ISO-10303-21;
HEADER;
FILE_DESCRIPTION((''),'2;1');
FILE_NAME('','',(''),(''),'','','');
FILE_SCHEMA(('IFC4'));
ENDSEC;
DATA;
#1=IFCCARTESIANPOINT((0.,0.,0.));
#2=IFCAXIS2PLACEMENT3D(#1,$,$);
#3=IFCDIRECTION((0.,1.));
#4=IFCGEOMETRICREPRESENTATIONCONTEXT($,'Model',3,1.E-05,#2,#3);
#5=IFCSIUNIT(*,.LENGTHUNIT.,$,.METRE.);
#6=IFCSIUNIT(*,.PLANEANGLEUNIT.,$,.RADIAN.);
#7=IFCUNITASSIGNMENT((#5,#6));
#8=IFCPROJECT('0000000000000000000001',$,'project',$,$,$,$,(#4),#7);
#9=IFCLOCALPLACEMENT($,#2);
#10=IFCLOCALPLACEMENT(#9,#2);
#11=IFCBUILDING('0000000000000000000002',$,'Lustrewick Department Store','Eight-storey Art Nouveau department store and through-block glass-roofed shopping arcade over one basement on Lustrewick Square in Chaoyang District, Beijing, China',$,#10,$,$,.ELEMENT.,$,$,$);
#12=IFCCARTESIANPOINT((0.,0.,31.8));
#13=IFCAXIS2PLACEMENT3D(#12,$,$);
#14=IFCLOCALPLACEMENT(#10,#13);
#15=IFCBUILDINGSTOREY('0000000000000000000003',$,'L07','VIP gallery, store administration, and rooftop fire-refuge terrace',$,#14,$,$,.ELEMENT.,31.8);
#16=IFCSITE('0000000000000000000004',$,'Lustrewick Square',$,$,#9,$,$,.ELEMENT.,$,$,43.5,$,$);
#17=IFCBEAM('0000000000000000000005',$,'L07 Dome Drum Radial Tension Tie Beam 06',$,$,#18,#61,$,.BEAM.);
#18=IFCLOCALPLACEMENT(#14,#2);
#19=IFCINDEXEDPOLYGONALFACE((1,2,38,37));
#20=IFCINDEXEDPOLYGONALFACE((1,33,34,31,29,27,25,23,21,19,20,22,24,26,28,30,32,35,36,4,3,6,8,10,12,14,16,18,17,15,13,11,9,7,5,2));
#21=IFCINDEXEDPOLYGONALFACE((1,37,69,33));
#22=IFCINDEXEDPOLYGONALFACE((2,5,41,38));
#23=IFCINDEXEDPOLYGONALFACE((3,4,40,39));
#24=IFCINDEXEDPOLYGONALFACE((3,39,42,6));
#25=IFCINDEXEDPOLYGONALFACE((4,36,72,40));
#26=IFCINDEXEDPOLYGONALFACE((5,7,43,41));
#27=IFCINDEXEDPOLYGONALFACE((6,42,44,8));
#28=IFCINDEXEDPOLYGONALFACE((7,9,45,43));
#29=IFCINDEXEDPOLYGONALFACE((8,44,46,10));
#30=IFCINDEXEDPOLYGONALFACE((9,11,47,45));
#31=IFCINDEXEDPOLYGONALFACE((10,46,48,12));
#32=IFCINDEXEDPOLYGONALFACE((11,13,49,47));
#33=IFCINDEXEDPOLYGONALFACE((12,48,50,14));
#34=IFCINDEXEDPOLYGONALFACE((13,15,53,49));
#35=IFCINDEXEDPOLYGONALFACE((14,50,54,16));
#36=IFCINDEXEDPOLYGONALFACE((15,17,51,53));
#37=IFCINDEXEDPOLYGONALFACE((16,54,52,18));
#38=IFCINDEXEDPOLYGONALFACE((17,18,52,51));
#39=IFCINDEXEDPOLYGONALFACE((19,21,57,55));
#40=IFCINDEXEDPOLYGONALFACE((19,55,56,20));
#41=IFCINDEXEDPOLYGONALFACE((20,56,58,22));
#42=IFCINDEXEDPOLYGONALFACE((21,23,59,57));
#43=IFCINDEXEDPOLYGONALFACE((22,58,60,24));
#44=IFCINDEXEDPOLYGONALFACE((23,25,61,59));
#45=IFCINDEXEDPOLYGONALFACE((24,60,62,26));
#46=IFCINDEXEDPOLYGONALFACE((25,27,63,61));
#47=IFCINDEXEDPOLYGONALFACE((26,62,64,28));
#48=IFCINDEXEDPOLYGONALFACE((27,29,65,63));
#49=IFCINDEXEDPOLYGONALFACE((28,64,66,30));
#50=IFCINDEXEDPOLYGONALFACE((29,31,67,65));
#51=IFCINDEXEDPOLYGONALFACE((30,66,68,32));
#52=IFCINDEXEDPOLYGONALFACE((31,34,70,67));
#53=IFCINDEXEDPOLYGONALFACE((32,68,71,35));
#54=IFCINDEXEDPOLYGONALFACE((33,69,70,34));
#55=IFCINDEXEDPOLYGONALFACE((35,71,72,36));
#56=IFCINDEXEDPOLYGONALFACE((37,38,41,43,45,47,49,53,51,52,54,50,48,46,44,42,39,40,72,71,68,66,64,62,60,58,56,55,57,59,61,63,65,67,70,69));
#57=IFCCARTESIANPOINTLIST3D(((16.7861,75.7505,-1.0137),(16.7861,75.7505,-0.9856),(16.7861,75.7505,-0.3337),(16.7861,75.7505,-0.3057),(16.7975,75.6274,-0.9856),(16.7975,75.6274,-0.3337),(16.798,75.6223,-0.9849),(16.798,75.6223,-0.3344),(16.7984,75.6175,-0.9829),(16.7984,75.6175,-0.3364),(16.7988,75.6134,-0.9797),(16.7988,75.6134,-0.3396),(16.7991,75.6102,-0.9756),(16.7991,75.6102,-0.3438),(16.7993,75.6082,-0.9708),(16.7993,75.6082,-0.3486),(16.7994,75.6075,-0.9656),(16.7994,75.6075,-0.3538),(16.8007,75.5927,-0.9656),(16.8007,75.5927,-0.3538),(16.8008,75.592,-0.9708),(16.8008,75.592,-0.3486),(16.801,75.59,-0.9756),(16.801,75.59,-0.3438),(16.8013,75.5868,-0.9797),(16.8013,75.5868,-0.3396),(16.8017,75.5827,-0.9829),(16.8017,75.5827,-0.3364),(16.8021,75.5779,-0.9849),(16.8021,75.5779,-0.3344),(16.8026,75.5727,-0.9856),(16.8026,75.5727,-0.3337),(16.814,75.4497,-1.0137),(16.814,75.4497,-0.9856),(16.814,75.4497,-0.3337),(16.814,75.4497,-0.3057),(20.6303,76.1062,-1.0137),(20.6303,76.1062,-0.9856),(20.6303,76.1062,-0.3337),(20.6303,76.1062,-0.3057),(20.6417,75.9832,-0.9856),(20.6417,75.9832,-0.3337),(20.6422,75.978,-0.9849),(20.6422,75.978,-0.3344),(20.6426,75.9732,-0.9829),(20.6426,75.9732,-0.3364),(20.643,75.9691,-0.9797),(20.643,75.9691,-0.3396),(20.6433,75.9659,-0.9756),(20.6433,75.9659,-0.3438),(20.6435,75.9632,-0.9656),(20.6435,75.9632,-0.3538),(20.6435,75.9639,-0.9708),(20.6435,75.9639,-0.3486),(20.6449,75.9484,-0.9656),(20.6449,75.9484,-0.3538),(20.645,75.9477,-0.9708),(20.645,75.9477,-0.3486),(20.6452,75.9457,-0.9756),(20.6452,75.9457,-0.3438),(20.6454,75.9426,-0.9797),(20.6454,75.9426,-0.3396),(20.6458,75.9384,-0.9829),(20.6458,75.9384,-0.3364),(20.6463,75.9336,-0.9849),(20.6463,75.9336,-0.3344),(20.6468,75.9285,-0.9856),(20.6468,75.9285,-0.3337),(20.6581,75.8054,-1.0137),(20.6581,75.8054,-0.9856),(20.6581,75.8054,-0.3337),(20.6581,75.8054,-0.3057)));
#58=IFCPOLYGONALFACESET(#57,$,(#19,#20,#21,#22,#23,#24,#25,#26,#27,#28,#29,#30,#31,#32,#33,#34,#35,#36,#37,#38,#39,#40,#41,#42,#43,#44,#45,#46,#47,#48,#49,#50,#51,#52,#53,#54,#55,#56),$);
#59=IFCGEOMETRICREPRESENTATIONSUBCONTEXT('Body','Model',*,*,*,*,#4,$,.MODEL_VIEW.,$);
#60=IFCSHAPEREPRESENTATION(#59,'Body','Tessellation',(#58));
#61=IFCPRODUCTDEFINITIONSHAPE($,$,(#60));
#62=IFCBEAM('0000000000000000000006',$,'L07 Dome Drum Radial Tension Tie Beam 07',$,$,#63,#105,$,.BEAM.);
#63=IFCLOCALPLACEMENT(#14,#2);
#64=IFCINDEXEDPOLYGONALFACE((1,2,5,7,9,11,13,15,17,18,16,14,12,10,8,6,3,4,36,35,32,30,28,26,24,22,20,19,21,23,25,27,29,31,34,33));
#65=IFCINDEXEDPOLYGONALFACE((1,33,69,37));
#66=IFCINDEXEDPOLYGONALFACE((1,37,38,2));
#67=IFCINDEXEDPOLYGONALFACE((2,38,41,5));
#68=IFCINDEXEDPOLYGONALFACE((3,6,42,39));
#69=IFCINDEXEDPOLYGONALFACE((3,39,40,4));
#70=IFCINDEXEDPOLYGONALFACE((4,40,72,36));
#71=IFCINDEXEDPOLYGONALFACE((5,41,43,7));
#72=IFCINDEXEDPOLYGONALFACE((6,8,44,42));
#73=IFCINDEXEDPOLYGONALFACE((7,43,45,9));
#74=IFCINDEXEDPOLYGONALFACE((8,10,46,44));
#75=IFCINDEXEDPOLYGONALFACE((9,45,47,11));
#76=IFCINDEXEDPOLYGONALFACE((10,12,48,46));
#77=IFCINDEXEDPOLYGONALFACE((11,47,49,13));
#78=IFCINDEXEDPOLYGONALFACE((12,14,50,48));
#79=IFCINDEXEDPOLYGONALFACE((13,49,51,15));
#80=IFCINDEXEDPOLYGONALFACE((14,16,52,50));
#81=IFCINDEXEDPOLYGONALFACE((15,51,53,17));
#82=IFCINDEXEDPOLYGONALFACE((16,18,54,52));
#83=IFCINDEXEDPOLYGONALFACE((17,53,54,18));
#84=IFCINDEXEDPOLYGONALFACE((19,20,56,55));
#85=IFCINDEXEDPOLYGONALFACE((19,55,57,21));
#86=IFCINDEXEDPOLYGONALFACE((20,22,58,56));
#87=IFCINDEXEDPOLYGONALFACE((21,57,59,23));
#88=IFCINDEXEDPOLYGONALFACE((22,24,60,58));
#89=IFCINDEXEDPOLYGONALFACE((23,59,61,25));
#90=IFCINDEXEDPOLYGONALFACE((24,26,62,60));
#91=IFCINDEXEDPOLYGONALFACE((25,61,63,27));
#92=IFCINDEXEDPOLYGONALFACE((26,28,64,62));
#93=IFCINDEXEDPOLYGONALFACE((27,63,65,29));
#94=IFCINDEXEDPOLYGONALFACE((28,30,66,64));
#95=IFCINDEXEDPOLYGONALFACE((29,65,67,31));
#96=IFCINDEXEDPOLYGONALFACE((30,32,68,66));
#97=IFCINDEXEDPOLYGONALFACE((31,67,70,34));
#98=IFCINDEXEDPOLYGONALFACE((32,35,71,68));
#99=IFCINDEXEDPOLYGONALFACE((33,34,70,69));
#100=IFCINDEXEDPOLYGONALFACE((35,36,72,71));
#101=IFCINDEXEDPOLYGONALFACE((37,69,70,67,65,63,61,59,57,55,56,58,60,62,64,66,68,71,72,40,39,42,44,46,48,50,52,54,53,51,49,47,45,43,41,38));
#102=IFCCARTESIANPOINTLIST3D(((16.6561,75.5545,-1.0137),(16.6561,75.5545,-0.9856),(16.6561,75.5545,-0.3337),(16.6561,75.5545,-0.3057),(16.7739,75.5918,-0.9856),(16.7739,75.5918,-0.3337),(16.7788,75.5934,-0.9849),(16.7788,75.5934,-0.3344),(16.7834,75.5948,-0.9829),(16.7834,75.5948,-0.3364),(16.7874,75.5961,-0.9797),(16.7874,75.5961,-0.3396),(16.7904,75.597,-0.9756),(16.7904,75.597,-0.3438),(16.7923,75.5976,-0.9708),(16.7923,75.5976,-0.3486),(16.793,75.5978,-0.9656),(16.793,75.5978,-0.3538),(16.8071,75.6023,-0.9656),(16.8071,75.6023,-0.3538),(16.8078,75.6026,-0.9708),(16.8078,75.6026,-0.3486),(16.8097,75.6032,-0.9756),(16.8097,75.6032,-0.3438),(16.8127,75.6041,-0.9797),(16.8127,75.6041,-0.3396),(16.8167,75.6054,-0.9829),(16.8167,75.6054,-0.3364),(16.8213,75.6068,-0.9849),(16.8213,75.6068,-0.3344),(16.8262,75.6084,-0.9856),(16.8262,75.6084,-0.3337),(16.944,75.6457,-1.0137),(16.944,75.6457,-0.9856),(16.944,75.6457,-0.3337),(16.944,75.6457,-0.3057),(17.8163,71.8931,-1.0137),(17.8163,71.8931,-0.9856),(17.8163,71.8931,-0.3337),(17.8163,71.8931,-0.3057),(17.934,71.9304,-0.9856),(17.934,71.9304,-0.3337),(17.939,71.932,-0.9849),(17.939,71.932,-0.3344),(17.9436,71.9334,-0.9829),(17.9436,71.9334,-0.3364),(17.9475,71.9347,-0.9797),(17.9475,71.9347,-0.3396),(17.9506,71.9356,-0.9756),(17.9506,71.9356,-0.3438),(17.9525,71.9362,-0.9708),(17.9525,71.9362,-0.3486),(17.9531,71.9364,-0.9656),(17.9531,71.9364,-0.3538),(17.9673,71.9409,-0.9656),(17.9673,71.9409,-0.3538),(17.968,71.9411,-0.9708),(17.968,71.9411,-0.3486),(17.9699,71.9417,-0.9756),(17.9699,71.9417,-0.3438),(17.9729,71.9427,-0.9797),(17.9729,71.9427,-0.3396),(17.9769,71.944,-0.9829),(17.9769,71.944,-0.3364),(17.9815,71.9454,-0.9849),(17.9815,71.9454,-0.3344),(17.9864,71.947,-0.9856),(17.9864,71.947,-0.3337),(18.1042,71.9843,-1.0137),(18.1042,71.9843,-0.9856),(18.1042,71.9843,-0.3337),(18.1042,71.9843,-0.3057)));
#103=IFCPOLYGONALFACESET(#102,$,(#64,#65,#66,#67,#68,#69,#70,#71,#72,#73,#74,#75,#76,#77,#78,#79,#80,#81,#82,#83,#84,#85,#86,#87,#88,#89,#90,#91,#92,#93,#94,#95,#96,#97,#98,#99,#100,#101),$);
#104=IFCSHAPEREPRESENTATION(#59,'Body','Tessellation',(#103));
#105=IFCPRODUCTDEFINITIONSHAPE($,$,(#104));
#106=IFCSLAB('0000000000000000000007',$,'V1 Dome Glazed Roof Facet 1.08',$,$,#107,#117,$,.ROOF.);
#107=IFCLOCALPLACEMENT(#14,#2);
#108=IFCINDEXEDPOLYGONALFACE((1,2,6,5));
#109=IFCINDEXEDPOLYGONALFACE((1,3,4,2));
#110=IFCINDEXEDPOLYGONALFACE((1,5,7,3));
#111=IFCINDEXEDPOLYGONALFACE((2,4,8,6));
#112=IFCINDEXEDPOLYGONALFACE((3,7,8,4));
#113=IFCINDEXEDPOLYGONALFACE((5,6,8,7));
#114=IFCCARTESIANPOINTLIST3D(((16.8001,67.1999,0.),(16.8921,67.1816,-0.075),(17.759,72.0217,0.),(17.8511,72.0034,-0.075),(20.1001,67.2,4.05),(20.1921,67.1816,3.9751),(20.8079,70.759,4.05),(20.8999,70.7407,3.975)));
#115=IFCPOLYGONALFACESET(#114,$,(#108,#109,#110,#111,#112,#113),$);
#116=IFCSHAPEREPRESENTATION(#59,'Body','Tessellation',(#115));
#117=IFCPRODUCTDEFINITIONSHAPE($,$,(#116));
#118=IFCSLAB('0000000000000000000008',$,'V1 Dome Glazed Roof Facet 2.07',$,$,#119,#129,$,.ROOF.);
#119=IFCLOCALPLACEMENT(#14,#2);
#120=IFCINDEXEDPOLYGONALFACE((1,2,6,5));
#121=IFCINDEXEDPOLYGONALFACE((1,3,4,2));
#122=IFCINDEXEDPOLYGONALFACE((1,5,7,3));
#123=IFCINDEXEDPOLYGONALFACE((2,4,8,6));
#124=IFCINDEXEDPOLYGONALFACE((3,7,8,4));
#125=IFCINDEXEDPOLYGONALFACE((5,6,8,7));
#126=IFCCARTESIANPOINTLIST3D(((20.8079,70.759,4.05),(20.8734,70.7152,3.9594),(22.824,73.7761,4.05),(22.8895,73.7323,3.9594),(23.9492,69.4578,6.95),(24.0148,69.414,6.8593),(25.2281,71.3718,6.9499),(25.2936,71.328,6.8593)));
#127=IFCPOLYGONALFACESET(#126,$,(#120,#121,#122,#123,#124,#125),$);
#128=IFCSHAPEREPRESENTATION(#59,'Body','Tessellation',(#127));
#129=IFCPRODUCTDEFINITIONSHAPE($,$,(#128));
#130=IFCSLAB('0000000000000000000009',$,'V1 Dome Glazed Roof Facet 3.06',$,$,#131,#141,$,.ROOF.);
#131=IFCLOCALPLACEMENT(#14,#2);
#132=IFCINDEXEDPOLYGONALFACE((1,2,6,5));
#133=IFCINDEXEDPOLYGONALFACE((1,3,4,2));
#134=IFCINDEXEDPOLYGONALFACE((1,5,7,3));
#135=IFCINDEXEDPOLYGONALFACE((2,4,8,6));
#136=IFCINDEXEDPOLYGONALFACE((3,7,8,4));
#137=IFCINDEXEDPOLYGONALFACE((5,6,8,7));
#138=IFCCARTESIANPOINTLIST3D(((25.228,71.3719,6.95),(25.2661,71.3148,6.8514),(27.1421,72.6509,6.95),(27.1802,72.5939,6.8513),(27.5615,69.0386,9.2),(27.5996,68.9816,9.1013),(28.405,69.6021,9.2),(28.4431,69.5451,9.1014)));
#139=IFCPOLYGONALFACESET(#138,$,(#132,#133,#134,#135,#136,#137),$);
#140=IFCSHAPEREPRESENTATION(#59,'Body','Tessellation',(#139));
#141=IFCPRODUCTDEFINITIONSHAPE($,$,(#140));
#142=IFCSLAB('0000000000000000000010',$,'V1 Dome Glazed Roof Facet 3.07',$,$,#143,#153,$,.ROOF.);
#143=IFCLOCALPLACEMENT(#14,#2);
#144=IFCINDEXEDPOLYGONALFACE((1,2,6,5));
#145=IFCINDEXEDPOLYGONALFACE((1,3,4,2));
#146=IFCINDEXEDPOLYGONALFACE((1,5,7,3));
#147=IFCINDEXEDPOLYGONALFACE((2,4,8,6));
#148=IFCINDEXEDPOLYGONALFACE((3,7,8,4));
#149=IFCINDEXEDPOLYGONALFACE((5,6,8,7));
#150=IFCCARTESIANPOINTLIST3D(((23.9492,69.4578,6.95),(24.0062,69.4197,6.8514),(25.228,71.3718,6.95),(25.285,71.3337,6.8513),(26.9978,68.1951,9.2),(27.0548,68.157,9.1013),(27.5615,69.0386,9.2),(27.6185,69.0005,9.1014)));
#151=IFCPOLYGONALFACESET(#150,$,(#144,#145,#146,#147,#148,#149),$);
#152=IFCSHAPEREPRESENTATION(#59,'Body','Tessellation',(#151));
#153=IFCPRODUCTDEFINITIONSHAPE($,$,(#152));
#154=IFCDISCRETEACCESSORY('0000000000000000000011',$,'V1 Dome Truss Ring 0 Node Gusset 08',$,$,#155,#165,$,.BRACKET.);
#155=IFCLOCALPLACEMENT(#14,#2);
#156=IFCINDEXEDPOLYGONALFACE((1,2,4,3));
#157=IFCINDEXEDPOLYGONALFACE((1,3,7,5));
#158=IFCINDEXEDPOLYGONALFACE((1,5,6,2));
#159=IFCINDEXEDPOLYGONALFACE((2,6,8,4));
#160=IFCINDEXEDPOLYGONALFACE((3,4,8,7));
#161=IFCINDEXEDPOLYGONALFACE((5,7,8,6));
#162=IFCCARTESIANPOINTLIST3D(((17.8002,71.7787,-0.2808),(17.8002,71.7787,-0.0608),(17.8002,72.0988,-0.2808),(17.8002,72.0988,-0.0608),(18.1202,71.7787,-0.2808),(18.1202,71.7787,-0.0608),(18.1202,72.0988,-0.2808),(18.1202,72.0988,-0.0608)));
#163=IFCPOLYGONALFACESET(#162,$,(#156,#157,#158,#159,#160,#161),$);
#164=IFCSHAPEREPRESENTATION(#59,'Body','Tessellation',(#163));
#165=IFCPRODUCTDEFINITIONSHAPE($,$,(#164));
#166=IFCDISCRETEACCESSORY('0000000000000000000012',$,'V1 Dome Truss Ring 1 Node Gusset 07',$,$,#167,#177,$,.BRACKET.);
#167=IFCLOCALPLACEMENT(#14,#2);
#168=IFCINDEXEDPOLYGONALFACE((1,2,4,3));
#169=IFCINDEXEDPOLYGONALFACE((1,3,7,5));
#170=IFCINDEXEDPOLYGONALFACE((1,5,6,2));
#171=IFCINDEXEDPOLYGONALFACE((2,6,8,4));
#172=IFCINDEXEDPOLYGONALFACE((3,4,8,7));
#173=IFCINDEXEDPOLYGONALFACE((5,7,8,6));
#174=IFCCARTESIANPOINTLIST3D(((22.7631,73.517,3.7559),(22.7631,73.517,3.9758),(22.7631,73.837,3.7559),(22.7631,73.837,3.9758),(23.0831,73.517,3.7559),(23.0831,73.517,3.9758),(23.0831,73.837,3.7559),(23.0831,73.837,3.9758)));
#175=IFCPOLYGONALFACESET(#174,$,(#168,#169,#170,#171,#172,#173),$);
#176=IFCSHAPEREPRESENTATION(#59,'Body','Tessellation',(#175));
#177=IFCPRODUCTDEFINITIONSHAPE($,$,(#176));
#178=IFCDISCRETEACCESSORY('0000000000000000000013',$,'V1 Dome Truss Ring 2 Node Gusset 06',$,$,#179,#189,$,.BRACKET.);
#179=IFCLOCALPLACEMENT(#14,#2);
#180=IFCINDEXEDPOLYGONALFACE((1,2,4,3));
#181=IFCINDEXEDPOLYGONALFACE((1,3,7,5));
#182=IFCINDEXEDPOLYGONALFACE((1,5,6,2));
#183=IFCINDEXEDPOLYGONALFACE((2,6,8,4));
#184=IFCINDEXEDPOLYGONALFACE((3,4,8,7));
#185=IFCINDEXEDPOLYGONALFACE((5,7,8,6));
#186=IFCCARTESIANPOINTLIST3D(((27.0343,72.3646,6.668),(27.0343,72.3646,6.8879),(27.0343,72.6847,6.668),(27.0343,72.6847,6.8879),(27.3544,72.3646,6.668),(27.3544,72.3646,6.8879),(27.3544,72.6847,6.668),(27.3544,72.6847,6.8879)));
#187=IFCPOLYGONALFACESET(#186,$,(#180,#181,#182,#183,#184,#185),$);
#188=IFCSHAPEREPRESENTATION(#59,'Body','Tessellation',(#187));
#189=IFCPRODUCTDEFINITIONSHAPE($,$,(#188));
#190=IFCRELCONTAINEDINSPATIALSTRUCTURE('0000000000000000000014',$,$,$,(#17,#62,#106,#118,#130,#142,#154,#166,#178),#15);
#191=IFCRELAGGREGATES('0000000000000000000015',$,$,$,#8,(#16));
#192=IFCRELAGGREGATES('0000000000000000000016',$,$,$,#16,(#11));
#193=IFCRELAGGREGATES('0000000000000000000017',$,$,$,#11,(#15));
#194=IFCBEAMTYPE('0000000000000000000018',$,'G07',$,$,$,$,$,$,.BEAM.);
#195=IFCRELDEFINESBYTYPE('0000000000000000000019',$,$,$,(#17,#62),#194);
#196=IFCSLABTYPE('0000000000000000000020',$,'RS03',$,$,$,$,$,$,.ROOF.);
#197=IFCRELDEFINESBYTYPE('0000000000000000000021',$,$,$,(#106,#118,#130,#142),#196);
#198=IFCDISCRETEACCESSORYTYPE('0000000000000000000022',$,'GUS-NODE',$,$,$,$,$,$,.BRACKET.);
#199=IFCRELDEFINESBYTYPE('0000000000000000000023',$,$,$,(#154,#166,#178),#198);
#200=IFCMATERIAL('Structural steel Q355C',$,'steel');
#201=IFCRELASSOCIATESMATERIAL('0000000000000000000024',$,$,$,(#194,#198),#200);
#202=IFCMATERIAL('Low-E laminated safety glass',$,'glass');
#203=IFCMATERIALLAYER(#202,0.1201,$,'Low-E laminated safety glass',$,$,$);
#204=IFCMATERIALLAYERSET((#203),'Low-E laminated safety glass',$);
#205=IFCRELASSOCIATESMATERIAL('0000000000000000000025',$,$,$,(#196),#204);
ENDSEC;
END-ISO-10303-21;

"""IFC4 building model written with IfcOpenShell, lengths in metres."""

from ifc_helpers import new_model, si_unit, direction, frame, origin, origin_2d, place, context, subcontext, project, spatial, polyline, rectangle, i_section, outline, extrude, material, layer, layer_set, material_profile, profile_set, type_object, element, save


model = new_model("IFC4")

# Units and contexts
model_context = context("Model", 3, precision=1e-05, world=origin(), true_north=direction((0.0, 1.0)))
body_context = subcontext(model_context, "Body", "Model", "MODEL_VIEW")
ifc_project = project(units=[si_unit("LENGTHUNIT", "METRE"), si_unit("PLANEANGLEUNIT", "RADIAN")], contexts=[model_context])

# Site, building, storey
site_placement = place(None, origin())
site = spatial("IfcSite", under=ifc_project, at=site_placement, Name="Lustrewick Square", CompositionType="ELEMENT", RefElevation=43.5)
building_placement = place(site_placement, origin())
building = spatial("IfcBuilding", under=site, at=building_placement, Name="Lustrewick Department Store", Description="Eight-storey Art Nouveau department store and through-block glass-roofed shopping arcade over one basement on Lustrewick Square in Chaoyang District, Beijing, China", CompositionType="ELEMENT")
storey_placement = place(building_placement, frame((0.0, 0.0, 31.8)))
storey = spatial("IfcBuildingStorey", under=building, at=storey_placement, Name="L07", Description="VIP gallery, store administration, and rooftop fire-refuge terrace", CompositionType="ELEMENT", Elevation=31.8)

# Shared definitions
ifc_material_1 = material(Name="Structural steel Q355C", Category="steel")

# Beams
ifc_material_profile_1 = material_profile(ifc_material_1, i_section(OverallWidth=0.302, OverallDepth=0.708, WebThickness=0.0149, FlangeThickness=0.0281, FilletRadius=0.02, at=origin_2d()), Name="HN 708x302x15x28")
ifc_profile_set_1 = profile_set([ifc_material_profile_1], Name="Structural steel Q355C")
beam_type = type_object("IfcBeamType", Name="G07", PredefinedType="BEAM", material=ifc_profile_set_1)
beam_1_placement = place(storey_placement, frame((16.8, 75.6001, -0.6597), z_axis=(0.995746, 0.092138, 0.0), x_axis=(-0.092138, 0.995746, 0.0)))
element("IfcBeam", 1, at=beam_1_placement, inside=storey, type_object=beam_type, Name="L07 Dome Drum Radial Tension Tie Beam 06", PredefinedType="BEAM", context=body_context, shape_type="SweptSolid", body=[
    extrude(i_section(OverallWidth=0.302, OverallDepth=0.708, WebThickness=0.0149, FlangeThickness=0.0281, FilletRadius=0.02, at=origin_2d()), origin(), (0.0, 0.0, 1.0), 3.8606),
])
beam_2_placement = place(storey_placement, frame((16.8, 75.6001, -0.6597), z_axis=(0.302062, -0.953288, 0.0), x_axis=(0.953288, 0.302062, 0.0)))
element("IfcBeam", 2, at=beam_2_placement, inside=storey, type_object=beam_type, Name="L07 Dome Drum Radial Tension Tie Beam 07", PredefinedType="BEAM", context=body_context, shape_type="SweptSolid", body=[
    extrude(i_section(OverallWidth=0.302, OverallDepth=0.708, WebThickness=0.0149, FlangeThickness=0.0281, FilletRadius=0.02, at=origin_2d()), origin(), (0.0, 0.0, 1.0), 3.8408),
])

# Slabs
ifc_material_2 = material(Name="Low-E laminated safety glass", Category="glass")
ifc_layer = layer(ifc_material_2, 0.1201, Name="Low-E laminated safety glass")
ifc_layer_set = layer_set([ifc_layer], Name="Low-E laminated safety glass")
slab_type = type_object("IfcSlabType", Name="RS03", PredefinedType="ROOF", material=ifc_layer_set)
slab_1_placement = place(storey_placement, frame((17.759, 72.0217, 0.0), z_axis=(-0.766186, 0.152376, 0.624292), x_axis=(-0.195059, -0.980791, -0.000005)))
element("IfcSlab", 3, at=slab_1_placement, inside=storey, type_object=slab_type, Name="V1 Dome Glazed Roof Facet 1.08", PredefinedType="ROOF", context=body_context, shape_type="SweptSolid", body=[
    extrude(outline(polyline([(0.0, 0.0), (4.9162, 0.0), (4.2725, 5.1845), (0.6437, 5.1844), (0.0, 0.0)])), origin(), (0.0, 0.0, -1.0), 0.1201),
])
slab_2_placement = place(storey_placement, frame((22.824, 73.7761, 4.05), z_axis=(-0.545602, 0.364563, 0.754594), x_axis=(-0.555589, -0.831457, -0.000016)))
element("IfcSlab", 4, at=slab_2_placement, inside=storey, type_object=slab_type, Name="V1 Dome Glazed Roof Facet 2.07", PredefinedType="ROOF", context=body_context, shape_type="SweptSolid", body=[
    extrude(outline(polyline([(0.0, 0.0), (3.6287, 0.0), (2.9653, 4.4194), (0.6634, 4.4192), (0.0, 0.0)])), origin(), (0.0, 0.0, -1.0), 0.1201),
])
slab_3_placement = place(storey_placement, frame((27.1421, 72.6509, 6.95), z_axis=(-0.31712, 0.474609, 0.821085), x_axis=(-0.831455, -0.555593, 0.000022)))
element("IfcSlab", 5, at=slab_3_placement, inside=storey, type_object=slab_type, Name="V1 Dome Glazed Roof Facet 3.06", PredefinedType="ROOF", context=body_context, shape_type="SweptSolid", body=[
    extrude(outline(polyline([(0.0, 0.0), (2.3021, 0.0), (1.6583, 3.9417), (0.6439, 3.9419), (0.0, 0.0)])), origin(), (0.0, 0.0, -1.0), 0.1201),
])
slab_4_placement = place(storey_placement, frame((25.228, 71.3718, 6.95), z_axis=(-0.474622, 0.317129, 0.821074), x_axis=(-0.555543, -0.831488, 0.000019)))
element("IfcSlab", 6, at=slab_4_placement, inside=storey, type_object=slab_type, Name="V1 Dome Glazed Roof Facet 3.07", PredefinedType="ROOF", context=body_context, shape_type="SweptSolid", body=[
    extrude(outline(polyline([(0.0, 0.0), (2.302, 0.0), (1.6583, 3.9416), (0.6438, 3.9417), (0.0, 0.0)])), origin(), (0.0, 0.0, -1.0), 0.1201),
])

# Discrete accessories
discrete_accessory_type_1 = type_object("IfcDiscreteAccessoryType", Name="GUS-NODE", PredefinedType="BRACKET", material=ifc_material_1)
for number, where, z_axis, x_axis, name in (
    (7, (17.9602, 71.9387, -0.2808), (0.0, 0.0, 1.0), (1.0, 0.0, 0.0), "V1 Dome Truss Ring 0 Node Gusset 08"),
    (8, (22.9231, 73.677, 3.7559), (0.0, 0.0, 1.0), (1.0, 0.0, 0.0), "V1 Dome Truss Ring 1 Node Gusset 07"),
    (9, (27.1943, 72.5247, 6.668), (0.0, 0.0, 1.0), (1.0, 0.0, 0.0), "V1 Dome Truss Ring 2 Node Gusset 06"),
):
    element("IfcDiscreteAccessory", number, at=place(storey_placement, frame(where, z_axis=z_axis, x_axis=x_axis)), inside=storey, type_object=discrete_accessory_type_1, Name=name, PredefinedType="BRACKET", context=body_context, shape_type="SweptSolid", body=[
        extrude(rectangle(XDim=0.3201, YDim=0.3201, at=origin_2d()), origin(), (0.0, 0.0, 1.0), 0.22),
    ])

save(model, "model.ifc")
